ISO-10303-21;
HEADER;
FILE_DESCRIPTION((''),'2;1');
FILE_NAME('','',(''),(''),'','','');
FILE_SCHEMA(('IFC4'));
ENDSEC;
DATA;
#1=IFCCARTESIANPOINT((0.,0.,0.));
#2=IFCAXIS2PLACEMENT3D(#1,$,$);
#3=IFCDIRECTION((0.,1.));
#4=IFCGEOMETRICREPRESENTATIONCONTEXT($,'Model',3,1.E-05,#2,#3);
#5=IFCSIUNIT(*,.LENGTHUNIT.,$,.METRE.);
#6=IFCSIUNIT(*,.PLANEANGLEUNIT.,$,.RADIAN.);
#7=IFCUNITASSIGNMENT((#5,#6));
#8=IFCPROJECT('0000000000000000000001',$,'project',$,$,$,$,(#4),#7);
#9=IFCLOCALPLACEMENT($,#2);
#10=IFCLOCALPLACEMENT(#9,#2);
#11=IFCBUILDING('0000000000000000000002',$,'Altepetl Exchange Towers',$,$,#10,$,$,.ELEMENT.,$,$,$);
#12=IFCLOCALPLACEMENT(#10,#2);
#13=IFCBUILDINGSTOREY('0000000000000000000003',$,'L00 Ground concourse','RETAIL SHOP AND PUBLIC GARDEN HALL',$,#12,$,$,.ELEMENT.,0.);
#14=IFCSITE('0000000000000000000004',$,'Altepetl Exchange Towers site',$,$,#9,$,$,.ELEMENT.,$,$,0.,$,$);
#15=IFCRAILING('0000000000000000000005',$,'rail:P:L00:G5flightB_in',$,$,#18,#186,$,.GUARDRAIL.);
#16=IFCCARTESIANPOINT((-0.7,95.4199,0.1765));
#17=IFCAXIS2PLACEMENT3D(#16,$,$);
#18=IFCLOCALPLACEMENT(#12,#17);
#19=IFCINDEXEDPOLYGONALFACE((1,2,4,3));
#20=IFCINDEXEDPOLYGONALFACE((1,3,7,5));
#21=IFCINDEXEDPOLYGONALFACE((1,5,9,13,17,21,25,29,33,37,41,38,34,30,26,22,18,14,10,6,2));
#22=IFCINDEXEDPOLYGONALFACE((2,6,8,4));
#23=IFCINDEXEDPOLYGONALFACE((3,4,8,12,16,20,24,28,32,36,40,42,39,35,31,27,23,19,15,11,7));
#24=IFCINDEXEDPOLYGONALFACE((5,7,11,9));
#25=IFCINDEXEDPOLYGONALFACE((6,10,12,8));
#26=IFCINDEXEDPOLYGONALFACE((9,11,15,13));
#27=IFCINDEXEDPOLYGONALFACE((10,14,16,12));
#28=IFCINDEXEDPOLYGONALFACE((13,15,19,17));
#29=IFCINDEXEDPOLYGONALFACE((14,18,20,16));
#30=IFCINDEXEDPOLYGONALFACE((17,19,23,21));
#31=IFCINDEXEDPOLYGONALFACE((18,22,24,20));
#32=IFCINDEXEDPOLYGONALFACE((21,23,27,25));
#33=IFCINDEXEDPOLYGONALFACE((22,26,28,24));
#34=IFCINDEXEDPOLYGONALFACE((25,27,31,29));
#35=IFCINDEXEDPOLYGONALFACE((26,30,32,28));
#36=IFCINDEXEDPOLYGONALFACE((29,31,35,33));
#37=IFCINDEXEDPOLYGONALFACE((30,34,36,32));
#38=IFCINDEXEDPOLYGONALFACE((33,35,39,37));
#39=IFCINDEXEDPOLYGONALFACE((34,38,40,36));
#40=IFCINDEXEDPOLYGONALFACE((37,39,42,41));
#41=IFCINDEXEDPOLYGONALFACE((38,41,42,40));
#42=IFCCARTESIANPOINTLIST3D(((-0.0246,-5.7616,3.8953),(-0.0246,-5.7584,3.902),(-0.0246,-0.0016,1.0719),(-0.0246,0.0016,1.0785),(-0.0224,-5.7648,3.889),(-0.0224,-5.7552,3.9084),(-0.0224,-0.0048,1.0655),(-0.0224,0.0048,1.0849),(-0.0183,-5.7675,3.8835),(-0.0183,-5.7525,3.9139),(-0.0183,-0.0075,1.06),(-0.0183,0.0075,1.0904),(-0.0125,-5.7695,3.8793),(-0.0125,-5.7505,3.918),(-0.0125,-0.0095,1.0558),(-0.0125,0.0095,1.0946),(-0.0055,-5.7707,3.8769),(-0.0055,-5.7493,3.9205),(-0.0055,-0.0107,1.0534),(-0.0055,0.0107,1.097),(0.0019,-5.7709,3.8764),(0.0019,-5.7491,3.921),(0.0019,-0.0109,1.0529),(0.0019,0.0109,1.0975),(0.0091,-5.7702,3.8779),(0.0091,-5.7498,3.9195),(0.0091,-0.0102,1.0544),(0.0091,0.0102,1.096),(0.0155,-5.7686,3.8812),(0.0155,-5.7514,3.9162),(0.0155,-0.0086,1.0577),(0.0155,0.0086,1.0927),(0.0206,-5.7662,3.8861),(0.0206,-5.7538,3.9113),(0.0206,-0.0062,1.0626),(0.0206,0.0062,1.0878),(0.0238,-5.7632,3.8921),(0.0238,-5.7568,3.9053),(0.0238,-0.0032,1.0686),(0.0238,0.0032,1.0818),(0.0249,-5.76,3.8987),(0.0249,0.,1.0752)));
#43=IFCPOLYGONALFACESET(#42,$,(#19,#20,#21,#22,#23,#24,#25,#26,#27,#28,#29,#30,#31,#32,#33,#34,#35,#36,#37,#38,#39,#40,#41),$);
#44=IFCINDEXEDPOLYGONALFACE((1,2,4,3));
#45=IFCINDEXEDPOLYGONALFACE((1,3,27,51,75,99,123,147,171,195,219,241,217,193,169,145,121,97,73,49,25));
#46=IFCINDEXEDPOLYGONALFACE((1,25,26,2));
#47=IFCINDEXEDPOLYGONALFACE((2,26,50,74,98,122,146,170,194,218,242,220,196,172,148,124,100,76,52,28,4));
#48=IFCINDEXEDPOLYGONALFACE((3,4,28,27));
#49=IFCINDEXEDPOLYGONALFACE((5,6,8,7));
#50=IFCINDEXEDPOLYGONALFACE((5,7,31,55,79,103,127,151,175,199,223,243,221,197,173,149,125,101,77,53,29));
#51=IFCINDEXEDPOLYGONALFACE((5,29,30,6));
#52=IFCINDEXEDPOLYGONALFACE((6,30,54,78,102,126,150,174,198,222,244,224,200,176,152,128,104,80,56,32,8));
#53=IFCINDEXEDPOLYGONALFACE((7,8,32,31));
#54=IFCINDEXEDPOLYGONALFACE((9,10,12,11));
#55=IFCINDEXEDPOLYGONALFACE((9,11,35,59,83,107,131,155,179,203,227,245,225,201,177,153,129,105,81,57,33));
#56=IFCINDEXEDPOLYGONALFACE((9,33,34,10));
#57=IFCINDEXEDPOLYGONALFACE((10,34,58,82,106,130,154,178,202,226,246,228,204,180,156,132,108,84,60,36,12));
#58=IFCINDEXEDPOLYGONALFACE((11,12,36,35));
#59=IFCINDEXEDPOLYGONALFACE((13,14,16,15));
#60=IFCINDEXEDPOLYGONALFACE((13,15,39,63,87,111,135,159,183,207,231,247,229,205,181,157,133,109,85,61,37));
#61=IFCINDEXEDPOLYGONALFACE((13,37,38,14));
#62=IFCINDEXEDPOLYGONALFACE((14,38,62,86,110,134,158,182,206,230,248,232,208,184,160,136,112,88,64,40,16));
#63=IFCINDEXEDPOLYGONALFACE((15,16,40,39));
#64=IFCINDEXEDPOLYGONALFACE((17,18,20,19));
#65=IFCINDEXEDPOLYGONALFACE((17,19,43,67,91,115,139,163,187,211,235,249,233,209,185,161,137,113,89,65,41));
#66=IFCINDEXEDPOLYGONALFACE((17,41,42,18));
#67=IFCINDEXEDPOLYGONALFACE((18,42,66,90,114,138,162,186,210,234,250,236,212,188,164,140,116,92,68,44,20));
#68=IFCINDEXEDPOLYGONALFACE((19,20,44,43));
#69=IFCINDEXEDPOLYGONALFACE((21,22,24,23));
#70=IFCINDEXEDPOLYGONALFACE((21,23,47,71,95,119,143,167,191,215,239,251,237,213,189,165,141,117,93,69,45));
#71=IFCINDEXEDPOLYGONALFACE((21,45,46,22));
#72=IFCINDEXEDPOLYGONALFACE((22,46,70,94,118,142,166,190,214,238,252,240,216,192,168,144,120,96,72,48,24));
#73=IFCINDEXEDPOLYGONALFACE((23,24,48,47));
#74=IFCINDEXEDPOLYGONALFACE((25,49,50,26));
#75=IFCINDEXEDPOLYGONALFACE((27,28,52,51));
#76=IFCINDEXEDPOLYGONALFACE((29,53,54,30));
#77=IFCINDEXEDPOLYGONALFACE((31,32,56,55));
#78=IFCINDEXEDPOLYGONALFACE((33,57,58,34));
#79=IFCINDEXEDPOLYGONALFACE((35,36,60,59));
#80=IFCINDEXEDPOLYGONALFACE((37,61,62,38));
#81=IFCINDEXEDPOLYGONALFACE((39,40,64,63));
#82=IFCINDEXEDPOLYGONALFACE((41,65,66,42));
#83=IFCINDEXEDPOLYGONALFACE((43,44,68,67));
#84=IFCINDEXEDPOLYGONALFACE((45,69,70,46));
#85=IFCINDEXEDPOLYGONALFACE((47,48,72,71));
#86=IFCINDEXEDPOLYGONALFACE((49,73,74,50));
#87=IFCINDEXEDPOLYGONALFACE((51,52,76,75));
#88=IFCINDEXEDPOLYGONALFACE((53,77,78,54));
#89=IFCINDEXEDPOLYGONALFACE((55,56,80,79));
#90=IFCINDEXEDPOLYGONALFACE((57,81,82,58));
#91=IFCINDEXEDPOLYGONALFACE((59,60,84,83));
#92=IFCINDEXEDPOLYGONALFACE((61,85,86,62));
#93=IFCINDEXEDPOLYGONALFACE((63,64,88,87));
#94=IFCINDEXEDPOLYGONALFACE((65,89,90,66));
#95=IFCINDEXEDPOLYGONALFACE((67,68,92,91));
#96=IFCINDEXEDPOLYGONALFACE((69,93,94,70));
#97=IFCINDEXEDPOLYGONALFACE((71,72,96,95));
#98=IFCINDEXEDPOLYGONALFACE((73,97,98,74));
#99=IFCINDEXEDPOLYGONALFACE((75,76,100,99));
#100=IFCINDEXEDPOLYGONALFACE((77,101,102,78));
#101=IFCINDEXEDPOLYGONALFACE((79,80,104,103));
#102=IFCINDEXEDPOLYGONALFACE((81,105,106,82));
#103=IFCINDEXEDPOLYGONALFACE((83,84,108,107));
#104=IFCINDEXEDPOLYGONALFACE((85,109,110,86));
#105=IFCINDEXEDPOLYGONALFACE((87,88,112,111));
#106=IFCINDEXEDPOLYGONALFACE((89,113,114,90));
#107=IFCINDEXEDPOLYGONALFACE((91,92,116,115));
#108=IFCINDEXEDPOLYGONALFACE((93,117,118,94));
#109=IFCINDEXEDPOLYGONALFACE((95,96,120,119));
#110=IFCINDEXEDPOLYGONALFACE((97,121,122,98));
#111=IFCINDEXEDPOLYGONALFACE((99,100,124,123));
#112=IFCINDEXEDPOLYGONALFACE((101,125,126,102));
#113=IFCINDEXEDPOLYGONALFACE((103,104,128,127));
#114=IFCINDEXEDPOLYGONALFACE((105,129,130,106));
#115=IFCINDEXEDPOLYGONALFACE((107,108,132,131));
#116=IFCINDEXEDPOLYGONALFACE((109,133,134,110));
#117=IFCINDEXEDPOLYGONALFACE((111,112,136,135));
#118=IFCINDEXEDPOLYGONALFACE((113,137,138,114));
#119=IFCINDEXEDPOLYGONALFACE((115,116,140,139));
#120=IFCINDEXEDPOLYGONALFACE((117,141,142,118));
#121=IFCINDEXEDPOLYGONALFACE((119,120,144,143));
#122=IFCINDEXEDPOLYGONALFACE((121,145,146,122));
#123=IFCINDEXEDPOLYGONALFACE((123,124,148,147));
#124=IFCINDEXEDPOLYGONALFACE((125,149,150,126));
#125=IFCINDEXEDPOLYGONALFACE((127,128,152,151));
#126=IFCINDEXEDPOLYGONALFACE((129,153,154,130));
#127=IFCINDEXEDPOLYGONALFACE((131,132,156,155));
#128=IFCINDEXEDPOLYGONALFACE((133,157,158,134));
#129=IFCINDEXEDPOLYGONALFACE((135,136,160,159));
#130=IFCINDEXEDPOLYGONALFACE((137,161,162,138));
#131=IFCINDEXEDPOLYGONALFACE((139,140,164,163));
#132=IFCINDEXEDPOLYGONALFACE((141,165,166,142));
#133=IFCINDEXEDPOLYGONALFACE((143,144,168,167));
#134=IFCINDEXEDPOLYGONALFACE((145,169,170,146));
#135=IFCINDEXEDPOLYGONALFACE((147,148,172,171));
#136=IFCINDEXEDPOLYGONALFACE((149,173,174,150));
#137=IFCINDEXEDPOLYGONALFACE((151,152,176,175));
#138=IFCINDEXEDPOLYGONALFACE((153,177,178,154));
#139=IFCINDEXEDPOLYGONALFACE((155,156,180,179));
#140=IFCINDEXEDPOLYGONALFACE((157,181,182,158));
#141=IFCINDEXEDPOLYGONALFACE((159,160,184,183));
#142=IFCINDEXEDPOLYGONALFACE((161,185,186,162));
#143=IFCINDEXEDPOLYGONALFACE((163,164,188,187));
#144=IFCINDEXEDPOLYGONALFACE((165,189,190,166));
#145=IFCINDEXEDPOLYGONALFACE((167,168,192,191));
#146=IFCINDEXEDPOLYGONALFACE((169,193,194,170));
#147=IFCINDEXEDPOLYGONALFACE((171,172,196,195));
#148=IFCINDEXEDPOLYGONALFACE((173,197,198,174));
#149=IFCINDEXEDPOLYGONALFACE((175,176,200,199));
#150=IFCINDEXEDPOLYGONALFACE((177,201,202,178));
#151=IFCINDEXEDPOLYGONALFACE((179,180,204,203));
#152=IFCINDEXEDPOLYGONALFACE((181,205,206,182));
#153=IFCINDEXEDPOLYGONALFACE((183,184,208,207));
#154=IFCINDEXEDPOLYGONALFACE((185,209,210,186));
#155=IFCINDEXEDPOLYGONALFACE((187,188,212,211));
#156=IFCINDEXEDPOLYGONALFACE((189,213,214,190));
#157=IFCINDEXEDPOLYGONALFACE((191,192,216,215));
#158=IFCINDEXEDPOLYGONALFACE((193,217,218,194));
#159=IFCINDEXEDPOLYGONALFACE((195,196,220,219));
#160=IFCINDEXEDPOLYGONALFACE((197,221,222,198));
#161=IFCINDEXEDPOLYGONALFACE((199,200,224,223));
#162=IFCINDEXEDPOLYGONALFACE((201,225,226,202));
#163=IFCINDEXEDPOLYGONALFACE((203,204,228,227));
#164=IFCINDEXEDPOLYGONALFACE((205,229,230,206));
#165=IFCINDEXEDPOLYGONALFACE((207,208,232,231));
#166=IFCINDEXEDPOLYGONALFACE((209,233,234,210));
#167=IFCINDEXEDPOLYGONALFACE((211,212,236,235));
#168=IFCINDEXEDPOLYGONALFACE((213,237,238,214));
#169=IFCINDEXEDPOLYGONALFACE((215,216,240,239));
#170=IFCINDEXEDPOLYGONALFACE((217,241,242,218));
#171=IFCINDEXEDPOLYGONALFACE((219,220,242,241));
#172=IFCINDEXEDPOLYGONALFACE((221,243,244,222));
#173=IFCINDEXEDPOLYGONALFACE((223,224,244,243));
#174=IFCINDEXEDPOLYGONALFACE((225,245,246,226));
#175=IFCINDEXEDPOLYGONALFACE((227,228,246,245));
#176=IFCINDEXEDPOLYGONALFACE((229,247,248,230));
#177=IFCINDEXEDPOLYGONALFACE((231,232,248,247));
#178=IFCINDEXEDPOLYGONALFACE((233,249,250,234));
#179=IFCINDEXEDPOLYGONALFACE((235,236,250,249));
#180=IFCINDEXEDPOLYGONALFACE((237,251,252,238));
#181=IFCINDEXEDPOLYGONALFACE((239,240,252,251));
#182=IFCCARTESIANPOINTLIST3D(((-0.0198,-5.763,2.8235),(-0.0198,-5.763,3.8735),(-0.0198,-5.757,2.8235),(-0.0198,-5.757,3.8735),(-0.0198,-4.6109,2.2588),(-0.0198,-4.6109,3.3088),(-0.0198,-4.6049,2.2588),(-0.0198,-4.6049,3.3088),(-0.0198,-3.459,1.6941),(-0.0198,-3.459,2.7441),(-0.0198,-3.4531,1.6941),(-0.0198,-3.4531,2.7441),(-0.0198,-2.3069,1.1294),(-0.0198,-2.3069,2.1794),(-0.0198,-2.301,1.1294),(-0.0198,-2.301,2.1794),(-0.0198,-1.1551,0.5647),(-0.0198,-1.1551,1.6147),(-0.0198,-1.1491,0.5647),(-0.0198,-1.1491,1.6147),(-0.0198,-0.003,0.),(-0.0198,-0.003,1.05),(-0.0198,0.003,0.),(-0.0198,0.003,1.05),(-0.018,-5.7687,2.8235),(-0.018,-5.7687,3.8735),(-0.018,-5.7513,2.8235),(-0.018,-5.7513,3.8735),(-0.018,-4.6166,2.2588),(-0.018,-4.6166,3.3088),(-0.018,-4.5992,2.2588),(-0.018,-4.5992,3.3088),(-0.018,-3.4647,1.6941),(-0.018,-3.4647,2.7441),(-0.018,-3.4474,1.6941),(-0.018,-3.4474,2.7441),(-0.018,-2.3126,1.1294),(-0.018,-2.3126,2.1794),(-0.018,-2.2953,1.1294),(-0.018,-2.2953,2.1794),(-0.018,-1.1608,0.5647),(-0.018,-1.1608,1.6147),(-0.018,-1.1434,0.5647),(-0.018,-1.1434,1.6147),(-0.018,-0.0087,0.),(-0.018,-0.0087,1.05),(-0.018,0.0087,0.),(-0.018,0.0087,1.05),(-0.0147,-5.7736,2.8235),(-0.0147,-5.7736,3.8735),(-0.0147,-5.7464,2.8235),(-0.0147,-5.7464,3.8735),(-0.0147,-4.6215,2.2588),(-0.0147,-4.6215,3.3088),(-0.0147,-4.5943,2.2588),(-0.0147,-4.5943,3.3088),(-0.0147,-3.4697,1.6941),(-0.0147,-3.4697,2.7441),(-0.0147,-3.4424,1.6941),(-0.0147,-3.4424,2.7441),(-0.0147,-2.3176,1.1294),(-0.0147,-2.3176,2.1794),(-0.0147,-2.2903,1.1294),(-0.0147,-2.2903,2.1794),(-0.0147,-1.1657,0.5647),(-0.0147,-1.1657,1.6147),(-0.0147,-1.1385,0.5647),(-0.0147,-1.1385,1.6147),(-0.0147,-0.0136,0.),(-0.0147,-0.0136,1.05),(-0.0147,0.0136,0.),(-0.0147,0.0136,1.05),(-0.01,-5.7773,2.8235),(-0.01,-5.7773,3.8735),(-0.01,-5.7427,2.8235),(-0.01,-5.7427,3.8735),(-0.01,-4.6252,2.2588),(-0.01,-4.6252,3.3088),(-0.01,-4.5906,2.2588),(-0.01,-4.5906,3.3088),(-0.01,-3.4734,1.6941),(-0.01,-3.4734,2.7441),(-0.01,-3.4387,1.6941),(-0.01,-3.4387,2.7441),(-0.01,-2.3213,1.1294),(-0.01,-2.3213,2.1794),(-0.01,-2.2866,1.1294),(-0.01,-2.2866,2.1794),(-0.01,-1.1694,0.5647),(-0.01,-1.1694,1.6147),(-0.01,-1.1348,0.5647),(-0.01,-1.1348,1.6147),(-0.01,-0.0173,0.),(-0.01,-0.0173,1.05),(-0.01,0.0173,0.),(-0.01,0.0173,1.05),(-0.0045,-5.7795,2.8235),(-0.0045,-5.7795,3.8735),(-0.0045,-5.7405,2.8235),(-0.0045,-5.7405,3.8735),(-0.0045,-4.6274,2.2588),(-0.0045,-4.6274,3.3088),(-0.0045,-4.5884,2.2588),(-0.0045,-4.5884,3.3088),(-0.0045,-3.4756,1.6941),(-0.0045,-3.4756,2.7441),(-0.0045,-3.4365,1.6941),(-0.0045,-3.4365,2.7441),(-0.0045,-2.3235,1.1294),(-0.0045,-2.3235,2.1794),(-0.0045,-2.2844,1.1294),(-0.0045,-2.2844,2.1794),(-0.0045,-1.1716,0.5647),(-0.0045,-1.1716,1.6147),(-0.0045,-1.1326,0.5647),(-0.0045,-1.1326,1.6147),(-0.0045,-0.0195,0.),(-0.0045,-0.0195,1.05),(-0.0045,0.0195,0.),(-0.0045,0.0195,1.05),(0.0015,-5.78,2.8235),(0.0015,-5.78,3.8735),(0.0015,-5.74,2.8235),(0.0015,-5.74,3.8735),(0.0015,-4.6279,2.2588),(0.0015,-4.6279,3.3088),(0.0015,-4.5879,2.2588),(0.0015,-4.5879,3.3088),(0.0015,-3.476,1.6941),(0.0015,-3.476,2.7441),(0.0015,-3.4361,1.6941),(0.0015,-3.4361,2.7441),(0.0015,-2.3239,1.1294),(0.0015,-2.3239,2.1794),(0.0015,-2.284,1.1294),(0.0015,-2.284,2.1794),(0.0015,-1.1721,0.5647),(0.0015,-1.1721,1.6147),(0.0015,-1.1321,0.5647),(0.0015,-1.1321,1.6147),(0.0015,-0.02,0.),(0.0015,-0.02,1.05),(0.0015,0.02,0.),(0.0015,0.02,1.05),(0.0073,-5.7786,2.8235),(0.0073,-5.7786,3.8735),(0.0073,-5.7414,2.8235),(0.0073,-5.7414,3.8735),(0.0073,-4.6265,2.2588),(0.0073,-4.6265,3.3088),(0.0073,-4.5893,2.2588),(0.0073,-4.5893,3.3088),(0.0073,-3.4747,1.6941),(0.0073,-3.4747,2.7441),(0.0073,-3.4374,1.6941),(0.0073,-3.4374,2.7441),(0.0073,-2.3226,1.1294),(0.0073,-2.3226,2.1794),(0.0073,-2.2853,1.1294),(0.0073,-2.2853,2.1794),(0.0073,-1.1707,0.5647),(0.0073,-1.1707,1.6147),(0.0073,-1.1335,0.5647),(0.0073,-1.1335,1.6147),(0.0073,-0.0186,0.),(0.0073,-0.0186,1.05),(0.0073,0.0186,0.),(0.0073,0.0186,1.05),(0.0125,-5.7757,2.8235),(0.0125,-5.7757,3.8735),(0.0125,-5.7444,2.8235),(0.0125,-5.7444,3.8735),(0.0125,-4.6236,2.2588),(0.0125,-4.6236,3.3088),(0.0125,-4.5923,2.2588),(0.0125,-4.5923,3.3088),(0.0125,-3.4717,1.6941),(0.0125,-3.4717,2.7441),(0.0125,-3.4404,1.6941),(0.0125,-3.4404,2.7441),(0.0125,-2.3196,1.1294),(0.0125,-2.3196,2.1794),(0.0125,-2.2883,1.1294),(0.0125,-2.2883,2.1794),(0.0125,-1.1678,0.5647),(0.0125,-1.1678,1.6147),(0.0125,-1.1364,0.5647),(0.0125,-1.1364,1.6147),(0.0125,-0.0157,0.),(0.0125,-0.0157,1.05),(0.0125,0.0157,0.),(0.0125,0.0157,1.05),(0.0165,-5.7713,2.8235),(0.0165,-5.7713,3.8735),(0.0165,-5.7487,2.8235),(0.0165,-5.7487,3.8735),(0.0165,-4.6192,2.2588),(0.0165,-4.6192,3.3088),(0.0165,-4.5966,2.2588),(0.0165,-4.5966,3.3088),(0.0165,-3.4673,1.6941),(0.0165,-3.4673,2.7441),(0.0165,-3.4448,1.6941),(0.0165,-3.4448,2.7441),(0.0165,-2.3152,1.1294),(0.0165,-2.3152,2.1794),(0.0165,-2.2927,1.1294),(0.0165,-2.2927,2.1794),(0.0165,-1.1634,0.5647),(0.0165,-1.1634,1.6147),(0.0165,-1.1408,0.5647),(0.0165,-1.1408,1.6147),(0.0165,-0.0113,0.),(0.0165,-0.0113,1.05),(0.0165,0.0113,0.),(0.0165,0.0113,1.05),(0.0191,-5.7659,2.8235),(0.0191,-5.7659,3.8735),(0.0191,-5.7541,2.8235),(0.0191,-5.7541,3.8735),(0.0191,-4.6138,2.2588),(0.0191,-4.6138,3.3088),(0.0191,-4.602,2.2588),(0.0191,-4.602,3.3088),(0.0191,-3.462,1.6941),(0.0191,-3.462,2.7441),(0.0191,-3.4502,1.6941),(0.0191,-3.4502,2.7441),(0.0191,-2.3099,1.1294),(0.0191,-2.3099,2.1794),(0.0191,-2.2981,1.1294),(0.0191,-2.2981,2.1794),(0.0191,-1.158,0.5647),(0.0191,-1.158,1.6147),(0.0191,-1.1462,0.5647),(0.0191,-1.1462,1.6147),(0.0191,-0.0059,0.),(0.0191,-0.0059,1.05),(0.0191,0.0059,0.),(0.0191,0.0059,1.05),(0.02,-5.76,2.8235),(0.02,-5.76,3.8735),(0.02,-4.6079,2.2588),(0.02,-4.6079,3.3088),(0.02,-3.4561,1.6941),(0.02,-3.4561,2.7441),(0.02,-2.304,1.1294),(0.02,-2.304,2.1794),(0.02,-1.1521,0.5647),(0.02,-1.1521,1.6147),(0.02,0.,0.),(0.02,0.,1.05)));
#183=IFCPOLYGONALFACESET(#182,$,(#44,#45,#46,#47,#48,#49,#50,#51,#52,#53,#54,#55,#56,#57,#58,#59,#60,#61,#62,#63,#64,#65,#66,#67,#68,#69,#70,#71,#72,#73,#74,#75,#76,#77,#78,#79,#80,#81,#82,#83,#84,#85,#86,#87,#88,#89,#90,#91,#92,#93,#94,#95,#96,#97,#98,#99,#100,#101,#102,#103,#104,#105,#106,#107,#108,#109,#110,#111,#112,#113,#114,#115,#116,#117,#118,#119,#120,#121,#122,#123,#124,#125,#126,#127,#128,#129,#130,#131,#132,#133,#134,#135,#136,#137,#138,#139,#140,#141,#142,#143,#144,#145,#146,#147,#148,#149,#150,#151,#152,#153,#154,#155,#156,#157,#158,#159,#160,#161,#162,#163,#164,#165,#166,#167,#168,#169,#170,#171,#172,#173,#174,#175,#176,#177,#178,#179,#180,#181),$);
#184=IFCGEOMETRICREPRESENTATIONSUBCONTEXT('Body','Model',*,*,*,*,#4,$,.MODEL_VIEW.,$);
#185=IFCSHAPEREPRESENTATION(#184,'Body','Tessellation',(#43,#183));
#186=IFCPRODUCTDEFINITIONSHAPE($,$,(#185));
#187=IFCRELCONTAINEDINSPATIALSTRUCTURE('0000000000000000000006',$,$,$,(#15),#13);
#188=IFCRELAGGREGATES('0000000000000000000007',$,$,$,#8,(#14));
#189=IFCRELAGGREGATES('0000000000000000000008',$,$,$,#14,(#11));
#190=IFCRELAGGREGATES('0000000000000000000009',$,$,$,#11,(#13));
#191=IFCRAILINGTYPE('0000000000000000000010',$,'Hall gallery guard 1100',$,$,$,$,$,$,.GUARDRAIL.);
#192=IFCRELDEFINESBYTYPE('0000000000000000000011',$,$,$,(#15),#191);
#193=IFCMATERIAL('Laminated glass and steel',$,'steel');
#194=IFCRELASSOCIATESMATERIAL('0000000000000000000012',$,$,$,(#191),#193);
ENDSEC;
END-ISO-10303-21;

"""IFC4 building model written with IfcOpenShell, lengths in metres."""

from ifc_helpers import new_model, si_unit, direction, frame, origin, origin_2d, place, context, subcontext, project, spatial, circle, extrude, source, transform, mapped, material, type_object, element, save


model = new_model("IFC4")

# Units and contexts
model_context = context("Model", 3, precision=1e-05, world=origin(), true_north=direction((0.0, 1.0)))
body_context = subcontext(model_context, "Body", "Model", "MODEL_VIEW")
ifc_project = project(units=[si_unit("LENGTHUNIT", "METRE"), si_unit("PLANEANGLEUNIT", "RADIAN")], contexts=[model_context])

# Site, building, storey
site_placement = place(None, origin())
site = spatial("IfcSite", under=ifc_project, at=site_placement, Name="Altepetl Exchange Towers site", CompositionType="ELEMENT", RefElevation=0.0)
building_placement = place(site_placement, origin())
building = spatial("IfcBuilding", under=site, at=building_placement, Name="Altepetl Exchange Towers", CompositionType="ELEMENT")
storey_placement = place(building_placement, origin())
storey = spatial("IfcBuildingStorey", under=building, at=storey_placement, Name="L00 Ground concourse", Description="RETAIL SHOP AND PUBLIC GARDEN HALL", CompositionType="ELEMENT", Elevation=0.0)

# Railing
ifc_material_1 = material(Name="Laminated glass and steel", Category="steel")
railing_type_1 = type_object("IfcRailingType", Name="Hall gallery guard 1100", PredefinedType="GUARDRAIL", material=ifc_material_1)
shared_shape_1 = source(origin(), body_context, "Body", "SweptSolid", [
    extrude(circle(Radius=0.02, at=origin_2d()), origin(), (0.0, 0.0, 1.0), 1.05),
])
for number, where, name in (
    (1, (-0.7, 95.4199, 0.1765), "rail:P:L00:G5flightB_in"),
):
    element("IfcRailing", number, at=place(storey_placement, frame(where)), inside=storey, type_object=railing_type_1, Name=name, PredefinedType="GUARDRAIL", context=body_context, shape_type="SweptSolid", body=[
        extrude(circle(Radius=0.0249, at=origin_2d()), frame((0.0, 0.0, 1.0752), z_axis=(0.0, -0.897924, 0.440151), x_axis=(1.0, 0.0, 0.0)), (0.0, 0.0, 1.0), 6.4148),
        mapped(shared_shape_1, transform((0.0, 0.0, 0.0))),
        mapped(shared_shape_1, transform((0.0, -1.1521, 0.5647))),
        mapped(shared_shape_1, transform((0.0, -2.304, 1.1294))),
        mapped(shared_shape_1, transform((0.0, -3.4561, 1.6941))),
        mapped(shared_shape_1, transform((0.0, -4.6079, 2.2588))),
        mapped(shared_shape_1, transform((0.0, -5.76, 2.8235))),
    ])

save(model, "model.ifc")
